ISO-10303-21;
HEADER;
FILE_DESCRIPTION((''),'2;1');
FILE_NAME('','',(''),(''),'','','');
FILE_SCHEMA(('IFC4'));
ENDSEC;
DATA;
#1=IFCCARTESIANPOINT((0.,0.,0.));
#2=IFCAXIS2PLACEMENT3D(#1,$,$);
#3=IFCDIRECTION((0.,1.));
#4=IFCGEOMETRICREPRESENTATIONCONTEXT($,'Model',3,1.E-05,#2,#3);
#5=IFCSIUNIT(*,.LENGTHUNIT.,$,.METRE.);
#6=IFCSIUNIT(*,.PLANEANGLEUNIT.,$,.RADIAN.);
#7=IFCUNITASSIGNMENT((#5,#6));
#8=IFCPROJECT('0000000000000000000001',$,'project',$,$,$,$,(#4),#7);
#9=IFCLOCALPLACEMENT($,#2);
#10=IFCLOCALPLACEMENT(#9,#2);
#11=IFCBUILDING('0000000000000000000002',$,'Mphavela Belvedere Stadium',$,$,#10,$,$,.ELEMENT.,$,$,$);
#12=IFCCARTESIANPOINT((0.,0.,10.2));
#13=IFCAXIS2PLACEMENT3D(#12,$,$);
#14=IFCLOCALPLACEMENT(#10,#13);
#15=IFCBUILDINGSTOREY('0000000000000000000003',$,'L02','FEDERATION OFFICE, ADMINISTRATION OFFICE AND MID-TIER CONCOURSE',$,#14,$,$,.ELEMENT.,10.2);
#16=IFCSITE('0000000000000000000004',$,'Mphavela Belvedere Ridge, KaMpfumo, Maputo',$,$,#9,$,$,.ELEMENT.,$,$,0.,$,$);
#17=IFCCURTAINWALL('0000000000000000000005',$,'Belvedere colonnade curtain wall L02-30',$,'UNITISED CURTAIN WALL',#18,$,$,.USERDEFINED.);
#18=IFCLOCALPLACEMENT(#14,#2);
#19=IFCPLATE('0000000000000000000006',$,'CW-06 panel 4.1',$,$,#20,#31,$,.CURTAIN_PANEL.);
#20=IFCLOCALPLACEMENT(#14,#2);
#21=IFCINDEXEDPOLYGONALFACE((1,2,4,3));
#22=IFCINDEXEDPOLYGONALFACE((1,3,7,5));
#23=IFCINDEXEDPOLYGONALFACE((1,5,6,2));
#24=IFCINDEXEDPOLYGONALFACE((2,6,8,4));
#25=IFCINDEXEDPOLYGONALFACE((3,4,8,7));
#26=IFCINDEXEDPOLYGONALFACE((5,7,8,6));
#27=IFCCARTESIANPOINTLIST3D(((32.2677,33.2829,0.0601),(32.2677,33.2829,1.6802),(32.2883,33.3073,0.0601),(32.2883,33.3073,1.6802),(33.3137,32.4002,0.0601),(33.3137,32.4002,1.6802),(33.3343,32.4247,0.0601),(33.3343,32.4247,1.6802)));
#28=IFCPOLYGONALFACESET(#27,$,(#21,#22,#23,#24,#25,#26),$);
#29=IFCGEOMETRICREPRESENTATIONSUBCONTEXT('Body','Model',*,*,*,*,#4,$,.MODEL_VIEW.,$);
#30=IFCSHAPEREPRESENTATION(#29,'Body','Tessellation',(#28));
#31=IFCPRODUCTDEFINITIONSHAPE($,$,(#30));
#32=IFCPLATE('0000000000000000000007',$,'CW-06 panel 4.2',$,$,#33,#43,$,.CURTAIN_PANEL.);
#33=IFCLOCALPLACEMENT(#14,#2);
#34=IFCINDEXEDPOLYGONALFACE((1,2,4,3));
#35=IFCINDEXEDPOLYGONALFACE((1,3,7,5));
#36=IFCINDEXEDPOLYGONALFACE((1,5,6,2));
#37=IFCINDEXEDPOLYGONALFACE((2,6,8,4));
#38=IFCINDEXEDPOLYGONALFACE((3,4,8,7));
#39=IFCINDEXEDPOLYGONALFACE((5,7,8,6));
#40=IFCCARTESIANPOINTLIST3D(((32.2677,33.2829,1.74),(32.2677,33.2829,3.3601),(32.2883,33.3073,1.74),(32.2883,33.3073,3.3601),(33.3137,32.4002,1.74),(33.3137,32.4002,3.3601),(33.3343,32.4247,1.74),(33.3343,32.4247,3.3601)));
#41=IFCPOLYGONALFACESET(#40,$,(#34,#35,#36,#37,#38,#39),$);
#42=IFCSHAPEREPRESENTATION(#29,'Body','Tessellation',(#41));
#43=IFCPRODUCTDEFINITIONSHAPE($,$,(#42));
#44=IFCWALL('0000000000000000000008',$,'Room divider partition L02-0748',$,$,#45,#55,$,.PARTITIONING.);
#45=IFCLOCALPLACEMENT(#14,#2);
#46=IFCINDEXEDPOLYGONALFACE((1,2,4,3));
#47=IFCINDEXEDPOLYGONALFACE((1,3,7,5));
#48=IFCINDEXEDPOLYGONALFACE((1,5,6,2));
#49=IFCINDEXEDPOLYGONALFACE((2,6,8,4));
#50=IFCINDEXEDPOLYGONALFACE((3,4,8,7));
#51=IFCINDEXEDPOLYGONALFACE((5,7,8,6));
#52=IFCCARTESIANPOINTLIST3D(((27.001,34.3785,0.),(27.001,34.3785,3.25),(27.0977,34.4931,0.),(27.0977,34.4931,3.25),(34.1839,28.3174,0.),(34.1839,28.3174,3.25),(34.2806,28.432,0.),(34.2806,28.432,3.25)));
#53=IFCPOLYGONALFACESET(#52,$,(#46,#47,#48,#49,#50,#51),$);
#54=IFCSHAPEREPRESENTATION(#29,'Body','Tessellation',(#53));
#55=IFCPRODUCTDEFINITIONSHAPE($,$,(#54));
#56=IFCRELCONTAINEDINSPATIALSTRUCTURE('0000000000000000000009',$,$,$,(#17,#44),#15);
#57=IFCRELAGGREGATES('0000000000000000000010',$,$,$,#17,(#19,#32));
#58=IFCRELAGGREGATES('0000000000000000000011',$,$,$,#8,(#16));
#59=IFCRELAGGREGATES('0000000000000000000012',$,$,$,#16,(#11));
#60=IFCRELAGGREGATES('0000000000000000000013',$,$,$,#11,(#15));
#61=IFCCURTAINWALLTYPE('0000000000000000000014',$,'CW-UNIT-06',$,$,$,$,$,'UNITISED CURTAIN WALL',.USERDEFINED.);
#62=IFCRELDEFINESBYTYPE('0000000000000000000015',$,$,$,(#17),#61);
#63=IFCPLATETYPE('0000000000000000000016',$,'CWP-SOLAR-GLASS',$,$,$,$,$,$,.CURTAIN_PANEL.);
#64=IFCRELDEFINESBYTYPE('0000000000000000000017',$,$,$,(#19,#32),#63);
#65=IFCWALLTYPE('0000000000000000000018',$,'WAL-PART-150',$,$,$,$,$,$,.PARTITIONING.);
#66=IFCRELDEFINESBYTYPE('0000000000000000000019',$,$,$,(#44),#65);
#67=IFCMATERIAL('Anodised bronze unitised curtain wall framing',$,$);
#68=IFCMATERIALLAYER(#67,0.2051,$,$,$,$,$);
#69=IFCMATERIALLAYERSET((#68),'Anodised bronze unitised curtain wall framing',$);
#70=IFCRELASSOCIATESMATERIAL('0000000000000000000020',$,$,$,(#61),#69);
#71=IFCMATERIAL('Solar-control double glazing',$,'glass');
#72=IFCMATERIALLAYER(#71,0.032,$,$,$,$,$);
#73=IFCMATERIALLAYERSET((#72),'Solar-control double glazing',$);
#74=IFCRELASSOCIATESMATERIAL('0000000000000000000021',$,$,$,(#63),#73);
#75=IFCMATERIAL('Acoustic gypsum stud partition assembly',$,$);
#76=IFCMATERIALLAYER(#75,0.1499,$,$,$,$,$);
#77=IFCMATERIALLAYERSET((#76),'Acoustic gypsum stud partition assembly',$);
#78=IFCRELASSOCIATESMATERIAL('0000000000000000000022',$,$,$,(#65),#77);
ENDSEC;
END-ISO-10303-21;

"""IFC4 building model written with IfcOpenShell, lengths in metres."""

from ifc_helpers import new_model, si_unit, direction, frame, frame_2d, origin, origin_2d, place, context, subcontext, project, spatial, rectangle, extrude, material, layer, layer_set, type_object, element, aggregate, save


model = new_model("IFC4")

# Units and contexts
model_context = context("Model", 3, precision=1e-05, world=origin(), true_north=direction((0.0, 1.0)))
body_context = subcontext(model_context, "Body", "Model", "MODEL_VIEW")
ifc_project = project(units=[si_unit("LENGTHUNIT", "METRE"), si_unit("PLANEANGLEUNIT", "RADIAN")], contexts=[model_context])

# Site, building, storey
site_placement = place(None, origin())
site = spatial("IfcSite", under=ifc_project, at=site_placement, Name="Mphavela Belvedere Ridge, KaMpfumo, Maputo", CompositionType="ELEMENT", RefElevation=0.0)
building_placement = place(site_placement, origin())
building = spatial("IfcBuilding", under=site, at=building_placement, Name="Mphavela Belvedere Stadium", CompositionType="ELEMENT")
storey_placement = place(building_placement, frame((0.0, 0.0, 10.2)))
storey = spatial("IfcBuildingStorey", under=building, at=storey_placement, Name="L02", Description="FEDERATION OFFICE, ADMINISTRATION OFFICE AND MID-TIER CONCOURSE", CompositionType="ELEMENT", Elevation=10.2)

# Curtain wall, plates
ifc_material_1 = material(Name="Anodised bronze unitised curtain wall framing")
ifc_layer_1 = layer(ifc_material_1, 0.2051)
ifc_layer_set_1 = layer_set([ifc_layer_1], Name="Anodised bronze unitised curtain wall framing")
curtain_wall_type = type_object("IfcCurtainWallType", Name="CW-UNIT-06", ElementType="UNITISED CURTAIN WALL", PredefinedType="USERDEFINED", material=ifc_layer_set_1)
curtain_wall_placement = place(storey_placement, origin())
curtain_wall = element("IfcCurtainWall", 1, at=curtain_wall_placement, inside=storey, type_object=curtain_wall_type, Name="Belvedere colonnade curtain wall L02-30", ObjectType="UNITISED CURTAIN WALL", PredefinedType="USERDEFINED")
ifc_material_2 = material(Name="Solar-control double glazing", Category="glass")
ifc_layer_2 = layer(ifc_material_2, 0.032)
ifc_layer_set_2 = layer_set([ifc_layer_2], Name="Solar-control double glazing")
plate_type = type_object("IfcPlateType", Name="CWP-SOLAR-GLASS", PredefinedType="CURTAIN_PANEL", material=ifc_layer_set_2)
plate_1_placement = place(storey_placement, frame((32.801, 32.8538, 0.0601), z_axis=(0.0, 0.0, 1.0), x_axis=(0.764261, -0.644907, 0.0)))
plate_1 = element("IfcPlate", 2, at=plate_1_placement, type_object=plate_type, Name="CW-06 panel 4.1", PredefinedType="CURTAIN_PANEL", context=body_context, shape_type="SweptSolid", body=[
    extrude(rectangle(XDim=1.3687, YDim=0.032, at=origin_2d()), origin(), (0.0, 0.0, 1.0), 1.6201),
])
plate_2_placement = place(storey_placement, frame((32.801, 32.8538, 1.74), z_axis=(0.0, 0.0, 1.0), x_axis=(0.764261, -0.644907, 0.0)))
plate_2 = element("IfcPlate", 3, at=plate_2_placement, type_object=plate_type, Name="CW-06 panel 4.2", PredefinedType="CURTAIN_PANEL", context=body_context, shape_type="SweptSolid", body=[
    extrude(rectangle(XDim=1.3687, YDim=0.032, at=origin_2d()), origin(), (0.0, 0.0, 1.0), 1.6201),
])
aggregate(curtain_wall, [plate_1, plate_2])

# Wall
ifc_material_3 = material(Name="Acoustic gypsum stud partition assembly")
ifc_layer_3 = layer(ifc_material_3, 0.1499)
ifc_layer_set_3 = layer_set([ifc_layer_3], Name="Acoustic gypsum stud partition assembly")
wall_type = type_object("IfcWallType", Name="WAL-PART-150", PredefinedType="PARTITIONING", material=ifc_layer_set_3)
wall_placement = place(storey_placement, frame((27.0493, 34.4358, 0.0), z_axis=(0.0, 0.0, 1.0), x_axis=(0.764265, -0.644902, 0.0)))
element("IfcWall", 4, at=wall_placement, inside=storey, type_object=wall_type, Name="Room divider partition L02-0748", PredefinedType="PARTITIONING", context=body_context, shape_type="SweptSolid", body=[
    extrude(rectangle(XDim=9.3984, YDim=0.1499, at=frame_2d((4.6992, 0.0))), origin(), (0.0, 0.0, 1.0), 3.25),
])

save(model, "model.ifc")
